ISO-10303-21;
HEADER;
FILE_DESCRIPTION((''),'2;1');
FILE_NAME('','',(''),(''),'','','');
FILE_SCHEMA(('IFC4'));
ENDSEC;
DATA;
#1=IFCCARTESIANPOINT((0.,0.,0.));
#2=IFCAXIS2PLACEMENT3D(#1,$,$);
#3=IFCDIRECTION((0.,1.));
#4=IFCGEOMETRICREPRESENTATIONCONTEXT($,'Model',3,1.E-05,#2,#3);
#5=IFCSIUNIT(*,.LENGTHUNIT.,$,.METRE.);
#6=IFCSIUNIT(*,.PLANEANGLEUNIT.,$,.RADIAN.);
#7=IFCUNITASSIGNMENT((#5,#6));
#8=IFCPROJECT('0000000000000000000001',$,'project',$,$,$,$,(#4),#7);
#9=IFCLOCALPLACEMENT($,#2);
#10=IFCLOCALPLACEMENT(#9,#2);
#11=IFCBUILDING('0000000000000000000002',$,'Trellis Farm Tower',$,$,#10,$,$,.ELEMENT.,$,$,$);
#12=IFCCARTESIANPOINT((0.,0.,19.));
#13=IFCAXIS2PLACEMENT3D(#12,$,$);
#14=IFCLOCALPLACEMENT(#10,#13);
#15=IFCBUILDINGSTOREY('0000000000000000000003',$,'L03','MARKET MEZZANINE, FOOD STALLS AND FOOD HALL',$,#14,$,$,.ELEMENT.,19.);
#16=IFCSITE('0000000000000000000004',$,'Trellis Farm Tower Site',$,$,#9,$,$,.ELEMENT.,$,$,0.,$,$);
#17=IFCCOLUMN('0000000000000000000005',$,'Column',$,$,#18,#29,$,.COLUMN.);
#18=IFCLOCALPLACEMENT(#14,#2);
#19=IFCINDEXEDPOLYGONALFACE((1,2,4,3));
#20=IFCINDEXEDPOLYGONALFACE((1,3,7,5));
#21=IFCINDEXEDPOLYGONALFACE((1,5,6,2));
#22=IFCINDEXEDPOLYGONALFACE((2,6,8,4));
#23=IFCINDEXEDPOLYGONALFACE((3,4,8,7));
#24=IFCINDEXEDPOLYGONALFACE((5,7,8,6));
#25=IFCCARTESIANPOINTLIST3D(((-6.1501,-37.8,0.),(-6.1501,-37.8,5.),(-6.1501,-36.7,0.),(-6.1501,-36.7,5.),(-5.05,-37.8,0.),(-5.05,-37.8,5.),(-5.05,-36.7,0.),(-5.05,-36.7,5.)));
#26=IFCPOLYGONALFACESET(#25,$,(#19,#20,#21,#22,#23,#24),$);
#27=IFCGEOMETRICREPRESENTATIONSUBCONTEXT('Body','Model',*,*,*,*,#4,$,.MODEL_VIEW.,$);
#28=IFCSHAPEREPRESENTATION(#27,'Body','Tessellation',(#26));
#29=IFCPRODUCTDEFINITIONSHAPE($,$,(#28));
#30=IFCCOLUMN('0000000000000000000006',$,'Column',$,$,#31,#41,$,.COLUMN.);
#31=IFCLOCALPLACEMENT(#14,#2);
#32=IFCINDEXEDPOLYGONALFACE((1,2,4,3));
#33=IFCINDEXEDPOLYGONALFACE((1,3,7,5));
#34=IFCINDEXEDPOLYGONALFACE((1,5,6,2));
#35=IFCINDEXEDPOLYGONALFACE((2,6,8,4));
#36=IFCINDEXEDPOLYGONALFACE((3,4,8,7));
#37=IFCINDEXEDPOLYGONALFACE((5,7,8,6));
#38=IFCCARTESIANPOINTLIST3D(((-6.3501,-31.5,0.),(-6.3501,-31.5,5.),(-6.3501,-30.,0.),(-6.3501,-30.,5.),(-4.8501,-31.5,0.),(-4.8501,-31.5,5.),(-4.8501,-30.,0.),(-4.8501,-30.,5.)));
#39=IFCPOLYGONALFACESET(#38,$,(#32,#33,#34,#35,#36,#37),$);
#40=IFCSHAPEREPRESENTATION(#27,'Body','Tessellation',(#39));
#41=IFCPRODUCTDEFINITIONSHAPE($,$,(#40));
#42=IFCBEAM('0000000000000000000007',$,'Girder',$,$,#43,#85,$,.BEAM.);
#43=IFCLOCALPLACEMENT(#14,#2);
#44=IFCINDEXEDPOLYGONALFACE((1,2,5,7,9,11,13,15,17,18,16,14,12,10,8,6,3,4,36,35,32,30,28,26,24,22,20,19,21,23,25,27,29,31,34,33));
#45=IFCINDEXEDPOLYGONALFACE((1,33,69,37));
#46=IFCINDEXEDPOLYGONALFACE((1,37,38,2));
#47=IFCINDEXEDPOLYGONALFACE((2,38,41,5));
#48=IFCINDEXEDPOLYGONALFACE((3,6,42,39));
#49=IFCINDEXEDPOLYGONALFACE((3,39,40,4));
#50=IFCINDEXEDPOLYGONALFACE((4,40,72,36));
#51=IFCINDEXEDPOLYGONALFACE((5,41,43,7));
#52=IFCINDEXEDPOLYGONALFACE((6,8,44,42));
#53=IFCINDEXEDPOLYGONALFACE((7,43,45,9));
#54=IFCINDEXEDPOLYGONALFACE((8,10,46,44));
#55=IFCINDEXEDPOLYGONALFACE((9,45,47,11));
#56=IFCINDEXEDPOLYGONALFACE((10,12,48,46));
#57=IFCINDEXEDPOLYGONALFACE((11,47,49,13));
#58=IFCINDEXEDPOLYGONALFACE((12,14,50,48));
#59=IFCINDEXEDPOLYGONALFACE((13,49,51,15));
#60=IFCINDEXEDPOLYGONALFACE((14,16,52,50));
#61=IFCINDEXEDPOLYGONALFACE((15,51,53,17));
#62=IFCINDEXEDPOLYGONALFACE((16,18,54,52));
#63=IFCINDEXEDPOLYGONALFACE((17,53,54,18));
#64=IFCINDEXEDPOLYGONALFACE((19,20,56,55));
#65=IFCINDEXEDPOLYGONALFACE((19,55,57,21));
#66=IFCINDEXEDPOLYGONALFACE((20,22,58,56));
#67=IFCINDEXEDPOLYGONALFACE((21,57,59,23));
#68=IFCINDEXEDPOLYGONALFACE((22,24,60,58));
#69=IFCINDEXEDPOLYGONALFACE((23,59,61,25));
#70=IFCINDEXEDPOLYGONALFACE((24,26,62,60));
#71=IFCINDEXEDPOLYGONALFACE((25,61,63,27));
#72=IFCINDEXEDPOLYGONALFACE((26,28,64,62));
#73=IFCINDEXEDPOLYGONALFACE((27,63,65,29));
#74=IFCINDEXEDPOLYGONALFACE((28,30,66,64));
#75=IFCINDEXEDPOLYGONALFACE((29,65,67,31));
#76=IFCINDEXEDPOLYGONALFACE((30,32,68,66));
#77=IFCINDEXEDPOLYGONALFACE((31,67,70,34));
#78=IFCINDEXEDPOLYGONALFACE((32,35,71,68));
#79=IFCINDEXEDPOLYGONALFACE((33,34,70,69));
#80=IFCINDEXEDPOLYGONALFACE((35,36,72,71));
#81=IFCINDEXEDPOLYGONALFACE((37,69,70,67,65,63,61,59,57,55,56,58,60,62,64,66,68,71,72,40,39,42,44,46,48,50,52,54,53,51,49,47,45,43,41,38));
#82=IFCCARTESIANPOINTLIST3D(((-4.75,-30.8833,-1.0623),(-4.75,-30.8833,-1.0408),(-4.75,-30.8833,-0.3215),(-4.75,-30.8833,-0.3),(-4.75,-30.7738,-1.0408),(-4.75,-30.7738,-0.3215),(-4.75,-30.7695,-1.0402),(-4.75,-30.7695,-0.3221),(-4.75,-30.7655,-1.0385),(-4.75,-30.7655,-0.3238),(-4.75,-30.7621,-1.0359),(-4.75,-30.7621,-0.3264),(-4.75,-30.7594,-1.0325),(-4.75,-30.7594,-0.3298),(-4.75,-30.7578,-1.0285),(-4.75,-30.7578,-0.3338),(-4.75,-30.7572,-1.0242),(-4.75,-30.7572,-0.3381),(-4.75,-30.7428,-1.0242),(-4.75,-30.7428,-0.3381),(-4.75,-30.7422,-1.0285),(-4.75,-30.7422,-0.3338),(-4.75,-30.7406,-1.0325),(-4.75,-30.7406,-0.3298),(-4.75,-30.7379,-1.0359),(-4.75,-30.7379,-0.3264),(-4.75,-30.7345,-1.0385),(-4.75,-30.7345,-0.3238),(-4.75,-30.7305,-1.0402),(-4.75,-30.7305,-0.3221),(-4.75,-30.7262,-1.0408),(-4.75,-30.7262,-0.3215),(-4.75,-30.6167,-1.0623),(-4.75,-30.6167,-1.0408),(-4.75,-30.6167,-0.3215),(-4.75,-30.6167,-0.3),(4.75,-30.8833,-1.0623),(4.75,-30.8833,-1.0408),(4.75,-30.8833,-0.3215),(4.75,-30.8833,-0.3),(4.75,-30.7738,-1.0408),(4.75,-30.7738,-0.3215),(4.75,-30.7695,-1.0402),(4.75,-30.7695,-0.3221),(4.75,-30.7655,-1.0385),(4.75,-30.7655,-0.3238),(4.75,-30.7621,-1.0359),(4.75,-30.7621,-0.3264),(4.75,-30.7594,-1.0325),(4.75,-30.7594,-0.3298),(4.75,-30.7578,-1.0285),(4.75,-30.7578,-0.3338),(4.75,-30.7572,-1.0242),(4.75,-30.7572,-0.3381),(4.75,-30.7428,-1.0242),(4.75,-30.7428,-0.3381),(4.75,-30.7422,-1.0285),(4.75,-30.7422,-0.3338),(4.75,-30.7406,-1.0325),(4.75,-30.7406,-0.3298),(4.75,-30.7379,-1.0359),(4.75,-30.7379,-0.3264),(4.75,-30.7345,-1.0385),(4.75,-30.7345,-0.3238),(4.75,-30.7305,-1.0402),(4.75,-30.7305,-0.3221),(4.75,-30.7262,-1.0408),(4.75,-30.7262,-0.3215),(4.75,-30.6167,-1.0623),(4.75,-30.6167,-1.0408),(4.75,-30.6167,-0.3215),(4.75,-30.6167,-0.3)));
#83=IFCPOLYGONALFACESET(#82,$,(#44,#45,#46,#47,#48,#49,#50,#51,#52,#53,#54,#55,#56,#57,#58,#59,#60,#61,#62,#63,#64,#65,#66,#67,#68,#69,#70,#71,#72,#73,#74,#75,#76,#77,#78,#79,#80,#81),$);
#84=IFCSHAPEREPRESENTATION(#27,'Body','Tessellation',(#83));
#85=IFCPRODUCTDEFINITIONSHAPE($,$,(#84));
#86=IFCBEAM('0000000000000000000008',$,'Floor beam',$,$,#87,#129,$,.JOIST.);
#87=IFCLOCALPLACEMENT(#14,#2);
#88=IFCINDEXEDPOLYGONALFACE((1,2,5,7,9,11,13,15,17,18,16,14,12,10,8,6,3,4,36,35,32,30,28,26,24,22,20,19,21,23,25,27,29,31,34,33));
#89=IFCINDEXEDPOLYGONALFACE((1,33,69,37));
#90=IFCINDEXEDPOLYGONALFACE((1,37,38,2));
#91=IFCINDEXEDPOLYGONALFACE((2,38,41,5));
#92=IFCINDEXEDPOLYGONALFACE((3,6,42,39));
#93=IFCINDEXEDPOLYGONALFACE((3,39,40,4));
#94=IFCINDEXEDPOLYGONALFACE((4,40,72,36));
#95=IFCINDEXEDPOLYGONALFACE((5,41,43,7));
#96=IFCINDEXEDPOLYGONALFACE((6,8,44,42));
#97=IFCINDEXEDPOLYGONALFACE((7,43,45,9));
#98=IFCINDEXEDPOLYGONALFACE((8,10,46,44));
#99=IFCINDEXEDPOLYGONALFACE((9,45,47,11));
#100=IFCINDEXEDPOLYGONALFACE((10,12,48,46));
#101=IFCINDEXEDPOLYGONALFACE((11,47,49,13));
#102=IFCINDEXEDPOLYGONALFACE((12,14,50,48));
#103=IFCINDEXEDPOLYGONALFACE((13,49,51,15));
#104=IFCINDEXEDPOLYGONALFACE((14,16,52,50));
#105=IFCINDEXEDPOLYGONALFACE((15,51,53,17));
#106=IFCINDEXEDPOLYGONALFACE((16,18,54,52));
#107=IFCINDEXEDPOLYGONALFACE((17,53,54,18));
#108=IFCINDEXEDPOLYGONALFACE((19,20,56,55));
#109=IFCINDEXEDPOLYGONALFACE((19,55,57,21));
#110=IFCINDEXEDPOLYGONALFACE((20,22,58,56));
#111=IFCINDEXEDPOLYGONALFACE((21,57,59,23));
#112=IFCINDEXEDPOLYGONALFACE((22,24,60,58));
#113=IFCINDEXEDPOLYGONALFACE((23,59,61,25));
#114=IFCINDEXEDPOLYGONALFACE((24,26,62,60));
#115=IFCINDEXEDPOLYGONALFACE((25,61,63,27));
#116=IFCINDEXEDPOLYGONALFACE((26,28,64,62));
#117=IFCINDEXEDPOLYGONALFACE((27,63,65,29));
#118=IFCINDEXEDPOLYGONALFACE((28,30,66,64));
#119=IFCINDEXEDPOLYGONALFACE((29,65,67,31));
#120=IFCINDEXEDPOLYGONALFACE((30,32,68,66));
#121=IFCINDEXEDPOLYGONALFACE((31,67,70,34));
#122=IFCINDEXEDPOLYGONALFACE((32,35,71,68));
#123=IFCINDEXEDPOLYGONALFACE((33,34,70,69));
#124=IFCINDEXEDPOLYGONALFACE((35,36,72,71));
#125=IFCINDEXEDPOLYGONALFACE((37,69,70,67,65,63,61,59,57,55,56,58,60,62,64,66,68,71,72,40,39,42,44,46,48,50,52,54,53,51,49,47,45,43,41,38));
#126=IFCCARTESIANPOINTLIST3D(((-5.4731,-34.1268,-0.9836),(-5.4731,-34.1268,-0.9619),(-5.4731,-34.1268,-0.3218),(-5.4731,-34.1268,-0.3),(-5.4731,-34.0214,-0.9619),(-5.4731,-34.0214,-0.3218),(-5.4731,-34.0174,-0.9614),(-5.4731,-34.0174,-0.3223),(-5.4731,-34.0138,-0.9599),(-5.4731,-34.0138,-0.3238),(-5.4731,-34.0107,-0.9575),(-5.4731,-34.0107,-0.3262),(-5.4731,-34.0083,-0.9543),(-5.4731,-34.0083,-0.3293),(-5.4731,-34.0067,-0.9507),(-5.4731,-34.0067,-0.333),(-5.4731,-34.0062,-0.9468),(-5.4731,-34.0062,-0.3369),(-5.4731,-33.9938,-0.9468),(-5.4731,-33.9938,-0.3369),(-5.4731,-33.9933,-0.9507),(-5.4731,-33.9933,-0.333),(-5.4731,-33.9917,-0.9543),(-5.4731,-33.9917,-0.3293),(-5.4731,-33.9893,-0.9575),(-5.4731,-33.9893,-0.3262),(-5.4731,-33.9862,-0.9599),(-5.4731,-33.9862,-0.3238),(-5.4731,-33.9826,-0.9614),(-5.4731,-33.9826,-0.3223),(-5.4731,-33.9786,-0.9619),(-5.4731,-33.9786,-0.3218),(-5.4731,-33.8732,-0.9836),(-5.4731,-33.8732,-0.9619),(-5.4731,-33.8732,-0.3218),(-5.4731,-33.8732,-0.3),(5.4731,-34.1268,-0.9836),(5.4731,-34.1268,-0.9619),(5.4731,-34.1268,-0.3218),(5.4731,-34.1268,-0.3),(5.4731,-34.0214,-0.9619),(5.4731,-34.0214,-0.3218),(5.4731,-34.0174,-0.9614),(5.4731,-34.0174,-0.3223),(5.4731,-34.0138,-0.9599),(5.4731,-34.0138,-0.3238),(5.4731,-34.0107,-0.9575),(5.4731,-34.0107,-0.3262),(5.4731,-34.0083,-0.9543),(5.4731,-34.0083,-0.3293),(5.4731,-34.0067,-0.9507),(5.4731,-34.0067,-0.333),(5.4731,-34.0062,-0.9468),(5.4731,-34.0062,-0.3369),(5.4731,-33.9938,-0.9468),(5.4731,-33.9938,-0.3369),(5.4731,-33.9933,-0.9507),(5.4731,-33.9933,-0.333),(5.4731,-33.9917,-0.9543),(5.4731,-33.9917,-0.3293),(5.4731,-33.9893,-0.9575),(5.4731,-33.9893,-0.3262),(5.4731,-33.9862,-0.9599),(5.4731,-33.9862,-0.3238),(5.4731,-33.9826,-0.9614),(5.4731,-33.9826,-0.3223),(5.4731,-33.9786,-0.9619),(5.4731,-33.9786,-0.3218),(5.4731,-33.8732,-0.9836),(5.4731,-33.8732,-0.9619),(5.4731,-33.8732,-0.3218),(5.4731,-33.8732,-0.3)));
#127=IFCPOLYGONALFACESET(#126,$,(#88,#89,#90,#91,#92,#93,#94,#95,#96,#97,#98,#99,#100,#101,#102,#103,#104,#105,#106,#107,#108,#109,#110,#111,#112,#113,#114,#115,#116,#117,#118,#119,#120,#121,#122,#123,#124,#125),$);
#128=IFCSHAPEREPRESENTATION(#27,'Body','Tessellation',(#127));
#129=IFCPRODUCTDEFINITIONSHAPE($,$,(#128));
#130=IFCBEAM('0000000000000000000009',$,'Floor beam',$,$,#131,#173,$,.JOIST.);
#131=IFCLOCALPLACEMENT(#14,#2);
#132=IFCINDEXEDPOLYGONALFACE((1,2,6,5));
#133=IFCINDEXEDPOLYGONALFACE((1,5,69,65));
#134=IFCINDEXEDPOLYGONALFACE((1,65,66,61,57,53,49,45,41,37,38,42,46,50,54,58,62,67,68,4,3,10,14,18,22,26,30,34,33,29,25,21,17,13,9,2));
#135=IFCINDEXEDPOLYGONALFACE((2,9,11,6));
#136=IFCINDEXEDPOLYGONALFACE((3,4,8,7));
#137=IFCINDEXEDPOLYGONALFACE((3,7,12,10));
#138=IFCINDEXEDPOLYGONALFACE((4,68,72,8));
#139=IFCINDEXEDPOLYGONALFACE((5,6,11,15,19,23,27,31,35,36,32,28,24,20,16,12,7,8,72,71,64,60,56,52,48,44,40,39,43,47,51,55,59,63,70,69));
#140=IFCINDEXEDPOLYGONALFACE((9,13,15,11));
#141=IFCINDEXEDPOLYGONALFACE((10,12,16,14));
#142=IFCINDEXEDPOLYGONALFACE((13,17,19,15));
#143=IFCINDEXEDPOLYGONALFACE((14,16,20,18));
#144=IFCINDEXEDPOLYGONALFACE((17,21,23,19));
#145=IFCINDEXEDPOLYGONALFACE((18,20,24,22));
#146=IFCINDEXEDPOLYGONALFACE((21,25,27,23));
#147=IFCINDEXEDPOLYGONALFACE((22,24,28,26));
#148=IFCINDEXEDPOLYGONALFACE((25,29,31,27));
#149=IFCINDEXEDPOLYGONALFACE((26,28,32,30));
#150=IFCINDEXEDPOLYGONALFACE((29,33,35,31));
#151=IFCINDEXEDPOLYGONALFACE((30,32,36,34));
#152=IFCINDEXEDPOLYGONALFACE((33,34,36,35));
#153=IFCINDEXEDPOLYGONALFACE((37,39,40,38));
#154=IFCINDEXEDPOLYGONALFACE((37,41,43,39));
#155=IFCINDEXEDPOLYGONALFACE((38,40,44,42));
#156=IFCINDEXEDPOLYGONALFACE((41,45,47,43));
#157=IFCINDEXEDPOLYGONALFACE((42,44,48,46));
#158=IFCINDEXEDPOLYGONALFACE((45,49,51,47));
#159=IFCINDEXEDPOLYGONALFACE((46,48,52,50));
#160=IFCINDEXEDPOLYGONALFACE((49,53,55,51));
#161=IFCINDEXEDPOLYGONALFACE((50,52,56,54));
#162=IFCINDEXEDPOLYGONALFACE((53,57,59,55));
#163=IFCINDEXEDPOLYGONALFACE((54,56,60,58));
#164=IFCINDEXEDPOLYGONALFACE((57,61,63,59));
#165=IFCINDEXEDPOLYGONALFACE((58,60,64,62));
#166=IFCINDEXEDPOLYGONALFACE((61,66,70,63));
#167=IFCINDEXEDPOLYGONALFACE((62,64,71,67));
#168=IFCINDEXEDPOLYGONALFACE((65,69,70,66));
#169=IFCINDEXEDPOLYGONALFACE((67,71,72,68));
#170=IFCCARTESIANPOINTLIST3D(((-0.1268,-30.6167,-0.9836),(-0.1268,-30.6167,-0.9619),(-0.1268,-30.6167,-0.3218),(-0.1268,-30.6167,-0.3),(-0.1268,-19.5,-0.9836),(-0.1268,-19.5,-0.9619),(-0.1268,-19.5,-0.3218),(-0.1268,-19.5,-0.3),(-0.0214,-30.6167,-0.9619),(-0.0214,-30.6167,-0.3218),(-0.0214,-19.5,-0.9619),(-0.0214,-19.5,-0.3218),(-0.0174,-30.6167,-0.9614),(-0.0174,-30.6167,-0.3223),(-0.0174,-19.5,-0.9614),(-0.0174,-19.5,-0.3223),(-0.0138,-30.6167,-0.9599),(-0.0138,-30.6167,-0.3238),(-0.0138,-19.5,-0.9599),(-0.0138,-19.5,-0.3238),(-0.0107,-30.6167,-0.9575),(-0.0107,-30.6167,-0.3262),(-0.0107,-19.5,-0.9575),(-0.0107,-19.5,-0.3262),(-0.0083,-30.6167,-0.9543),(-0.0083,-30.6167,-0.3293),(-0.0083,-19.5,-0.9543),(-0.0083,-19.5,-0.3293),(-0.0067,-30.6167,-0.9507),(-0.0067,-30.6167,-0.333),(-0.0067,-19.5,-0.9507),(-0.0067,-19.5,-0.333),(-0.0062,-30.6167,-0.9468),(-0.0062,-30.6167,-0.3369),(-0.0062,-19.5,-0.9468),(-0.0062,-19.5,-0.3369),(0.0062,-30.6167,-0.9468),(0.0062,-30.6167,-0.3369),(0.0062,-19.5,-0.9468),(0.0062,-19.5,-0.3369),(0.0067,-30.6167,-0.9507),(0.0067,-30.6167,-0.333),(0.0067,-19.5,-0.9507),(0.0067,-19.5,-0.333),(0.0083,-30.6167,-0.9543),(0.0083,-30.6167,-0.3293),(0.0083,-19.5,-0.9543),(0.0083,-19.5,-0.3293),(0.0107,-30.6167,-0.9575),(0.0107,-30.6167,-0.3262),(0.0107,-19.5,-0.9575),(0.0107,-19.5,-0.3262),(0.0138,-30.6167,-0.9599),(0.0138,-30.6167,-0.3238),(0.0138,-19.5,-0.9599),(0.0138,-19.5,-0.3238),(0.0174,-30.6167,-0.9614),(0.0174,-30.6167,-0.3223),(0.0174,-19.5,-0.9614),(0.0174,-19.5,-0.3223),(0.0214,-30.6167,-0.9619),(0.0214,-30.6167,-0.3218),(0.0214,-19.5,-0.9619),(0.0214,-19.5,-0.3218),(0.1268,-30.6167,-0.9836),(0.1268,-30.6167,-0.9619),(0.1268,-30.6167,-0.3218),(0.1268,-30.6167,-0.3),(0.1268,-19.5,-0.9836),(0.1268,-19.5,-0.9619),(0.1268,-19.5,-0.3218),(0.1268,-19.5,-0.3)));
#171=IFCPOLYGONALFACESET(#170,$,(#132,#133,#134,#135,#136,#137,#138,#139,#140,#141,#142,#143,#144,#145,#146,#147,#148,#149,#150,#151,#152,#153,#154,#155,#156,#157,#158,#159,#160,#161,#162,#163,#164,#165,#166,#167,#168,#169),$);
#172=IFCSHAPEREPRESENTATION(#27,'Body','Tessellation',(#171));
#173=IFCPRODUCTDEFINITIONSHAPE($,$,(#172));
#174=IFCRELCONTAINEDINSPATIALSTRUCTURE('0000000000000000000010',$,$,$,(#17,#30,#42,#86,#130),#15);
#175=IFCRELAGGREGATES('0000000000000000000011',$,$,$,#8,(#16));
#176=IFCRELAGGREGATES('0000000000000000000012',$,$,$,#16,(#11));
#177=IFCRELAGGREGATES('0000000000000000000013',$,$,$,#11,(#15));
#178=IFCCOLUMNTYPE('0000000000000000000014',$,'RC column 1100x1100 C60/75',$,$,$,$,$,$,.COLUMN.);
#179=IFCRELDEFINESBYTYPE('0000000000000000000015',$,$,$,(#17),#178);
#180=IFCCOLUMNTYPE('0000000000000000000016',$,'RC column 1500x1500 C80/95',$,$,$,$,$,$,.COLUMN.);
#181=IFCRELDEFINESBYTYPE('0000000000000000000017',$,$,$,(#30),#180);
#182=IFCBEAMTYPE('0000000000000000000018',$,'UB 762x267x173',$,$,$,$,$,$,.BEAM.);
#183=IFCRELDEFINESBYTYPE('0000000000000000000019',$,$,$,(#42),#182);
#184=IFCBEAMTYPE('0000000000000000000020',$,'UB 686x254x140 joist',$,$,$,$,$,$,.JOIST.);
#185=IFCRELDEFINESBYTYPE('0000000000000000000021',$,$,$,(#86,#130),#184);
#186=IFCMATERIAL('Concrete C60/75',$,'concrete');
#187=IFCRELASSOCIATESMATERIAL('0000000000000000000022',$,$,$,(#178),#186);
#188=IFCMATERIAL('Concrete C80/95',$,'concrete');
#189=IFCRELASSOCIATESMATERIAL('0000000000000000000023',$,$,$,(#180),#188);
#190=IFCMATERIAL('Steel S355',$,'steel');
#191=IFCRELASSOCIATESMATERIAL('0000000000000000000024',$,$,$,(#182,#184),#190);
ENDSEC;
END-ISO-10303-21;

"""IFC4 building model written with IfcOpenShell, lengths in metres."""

from ifc_helpers import new_model, si_unit, direction, frame, origin, origin_2d, place, context, subcontext, project, spatial, rectangle, i_section, extrude, source, transform, mapped, material, material_profile, profile_set, type_object, element, save


model = new_model("IFC4")

# Units and contexts
model_context = context("Model", 3, precision=1e-05, world=origin(), true_north=direction((0.0, 1.0)))
body_context = subcontext(model_context, "Body", "Model", "MODEL_VIEW")
ifc_project = project(units=[si_unit("LENGTHUNIT", "METRE"), si_unit("PLANEANGLEUNIT", "RADIAN")], contexts=[model_context])

# Site, building, storey
site_placement = place(None, origin())
site = spatial("IfcSite", under=ifc_project, at=site_placement, Name="Trellis Farm Tower Site", CompositionType="ELEMENT", RefElevation=0.0)
building_placement = place(site_placement, origin())
building = spatial("IfcBuilding", under=site, at=building_placement, Name="Trellis Farm Tower", CompositionType="ELEMENT")
storey_placement = place(building_placement, frame((0.0, 0.0, 19.0)))
storey = spatial("IfcBuildingStorey", under=building, at=storey_placement, Name="L03", Description="MARKET MEZZANINE, FOOD STALLS AND FOOD HALL", CompositionType="ELEMENT", Elevation=19.0)

# Columns
ifc_material_1 = material(Name="Concrete C60/75", Category="concrete")
ifc_material_profile_1 = material_profile(ifc_material_1, rectangle(XDim=1.1001, YDim=1.1001, at=origin_2d()), Name="RC column 1100x1100 C60/75")
ifc_profile_set_1 = profile_set([ifc_material_profile_1], Name="Concrete C60/75")
column_type_1 = type_object("IfcColumnType", Name="RC column 1100x1100 C60/75", PredefinedType="COLUMN", material=ifc_profile_set_1)
shared_shape_1 = source(origin(), body_context, "Body", "SweptSolid", [
    extrude(rectangle(XDim=1.1001, YDim=1.1001, at=origin_2d()), origin(), (0.0, 0.0, 1.0), 5.0),
])
column_1_placement = place(storey_placement, frame((-5.6001, -37.25, 0.0), z_axis=(0.0, 0.0, 1.0), x_axis=(1.0, 0.0, 0.0)))
element("IfcColumn", 1, at=column_1_placement, inside=storey, type_object=column_type_1, Name="Column", PredefinedType="COLUMN", context=body_context, shape_type="MappedRepresentation", body=[
    mapped(shared_shape_1, transform((0.0, 0.0, 0.0))),
])
ifc_material_2 = material(Name="Concrete C80/95", Category="concrete")
ifc_material_profile_2 = material_profile(ifc_material_2, rectangle(XDim=1.5, YDim=1.5, at=origin_2d()), Name="RC column 1500x1500 C80/95")
ifc_profile_set_2 = profile_set([ifc_material_profile_2], Name="Concrete C80/95")
column_type_2 = type_object("IfcColumnType", Name="RC column 1500x1500 C80/95", PredefinedType="COLUMN", material=ifc_profile_set_2)
shared_shape_2 = source(origin(), body_context, "Body", "SweptSolid", [
    extrude(rectangle(XDim=1.5, YDim=1.5, at=origin_2d()), origin(), (0.0, 0.0, 1.0), 5.0),
])
column_2_placement = place(storey_placement, frame((-5.6001, -30.75, 0.0), z_axis=(0.0, 0.0, 1.0), x_axis=(1.0, 0.0, 0.0)))
element("IfcColumn", 2, at=column_2_placement, inside=storey, type_object=column_type_2, Name="Column", PredefinedType="COLUMN", context=body_context, shape_type="MappedRepresentation", body=[
    mapped(shared_shape_2, transform((0.0, 0.0, 0.0))),
])

# Beams
ifc_material_3 = material(Name="Steel S355", Category="steel")
ifc_material_profile_3 = material_profile(ifc_material_3, i_section(OverallWidth=0.2666, OverallDepth=0.7622, WebThickness=0.0144, FlangeThickness=0.0215, FilletRadius=0.0166, at=origin_2d()), Name="UB 762x267x173")
ifc_profile_set_3 = profile_set([ifc_material_profile_3], Name="Steel S355")
beam_type_1 = type_object("IfcBeamType", Name="UB 762x267x173", PredefinedType="BEAM", material=ifc_profile_set_3)
shared_shape_3 = source(origin(), body_context, "Body", "SweptSolid", [
    extrude(i_section(OverallWidth=0.2666, OverallDepth=0.7622, WebThickness=0.0144, FlangeThickness=0.0215, FilletRadius=0.0166, at=origin_2d()), origin(), (0.0, 0.0, 1.0), 9.5),
])
beam_1_placement = place(storey_placement, frame((-4.75, -30.75, -0.6812), z_axis=(1.0, 0.0, 0.0), x_axis=(0.0, 1.0, 0.0)))
element("IfcBeam", 3, at=beam_1_placement, inside=storey, type_object=beam_type_1, Name="Girder", PredefinedType="BEAM", context=body_context, shape_type="MappedRepresentation", body=[
    mapped(shared_shape_3, transform((0.0, 0.0, 0.0))),
])
ifc_material_profile_4 = material_profile(ifc_material_3, i_section(OverallWidth=0.2537, OverallDepth=0.6836, WebThickness=0.0125, FlangeThickness=0.0217, FilletRadius=0.0151, at=origin_2d()), Name="UB 686x254x140")
ifc_profile_set_4 = profile_set([ifc_material_profile_4], Name="Steel S355")
beam_type_2 = type_object("IfcBeamType", Name="UB 686x254x140 joist", PredefinedType="JOIST", material=ifc_profile_set_4)
shared_shape_4 = source(origin(), body_context, "Body", "SweptSolid", [
    extrude(i_section(OverallWidth=0.2537, OverallDepth=0.6836, WebThickness=0.0125, FlangeThickness=0.0217, FilletRadius=0.0151, at=origin_2d()), origin(), (0.0, 0.0, 1.0), 10.9463),
])
beam_2_placement = place(storey_placement, frame((-5.4731, -34.0, -0.6418), z_axis=(1.0, 0.0, 0.0), x_axis=(0.0, 1.0, 0.0)))
element("IfcBeam", 4, at=beam_2_placement, inside=storey, type_object=beam_type_2, Name="Floor beam", PredefinedType="JOIST", context=body_context, shape_type="MappedRepresentation", body=[
    mapped(shared_shape_4, transform((0.0, 0.0, 0.0))),
])
shared_shape_5 = source(origin(), body_context, "Body", "SweptSolid", [
    extrude(i_section(OverallWidth=0.2537, OverallDepth=0.6836, WebThickness=0.0125, FlangeThickness=0.0217, FilletRadius=0.0151, at=origin_2d()), origin(), (0.0, 0.0, 1.0), 11.1167),
])
beam_3_placement = place(storey_placement, frame((0.0, -30.6167, -0.6418), z_axis=(0.0, 1.0, 0.0), x_axis=(-1.0, 0.0, 0.0)))
element("IfcBeam", 5, at=beam_3_placement, inside=storey, type_object=beam_type_2, Name="Floor beam", PredefinedType="JOIST", context=body_context, shape_type="MappedRepresentation", body=[
    mapped(shared_shape_5, transform((0.0, 0.0, 0.0))),
])

save(model, "model.ifc")
